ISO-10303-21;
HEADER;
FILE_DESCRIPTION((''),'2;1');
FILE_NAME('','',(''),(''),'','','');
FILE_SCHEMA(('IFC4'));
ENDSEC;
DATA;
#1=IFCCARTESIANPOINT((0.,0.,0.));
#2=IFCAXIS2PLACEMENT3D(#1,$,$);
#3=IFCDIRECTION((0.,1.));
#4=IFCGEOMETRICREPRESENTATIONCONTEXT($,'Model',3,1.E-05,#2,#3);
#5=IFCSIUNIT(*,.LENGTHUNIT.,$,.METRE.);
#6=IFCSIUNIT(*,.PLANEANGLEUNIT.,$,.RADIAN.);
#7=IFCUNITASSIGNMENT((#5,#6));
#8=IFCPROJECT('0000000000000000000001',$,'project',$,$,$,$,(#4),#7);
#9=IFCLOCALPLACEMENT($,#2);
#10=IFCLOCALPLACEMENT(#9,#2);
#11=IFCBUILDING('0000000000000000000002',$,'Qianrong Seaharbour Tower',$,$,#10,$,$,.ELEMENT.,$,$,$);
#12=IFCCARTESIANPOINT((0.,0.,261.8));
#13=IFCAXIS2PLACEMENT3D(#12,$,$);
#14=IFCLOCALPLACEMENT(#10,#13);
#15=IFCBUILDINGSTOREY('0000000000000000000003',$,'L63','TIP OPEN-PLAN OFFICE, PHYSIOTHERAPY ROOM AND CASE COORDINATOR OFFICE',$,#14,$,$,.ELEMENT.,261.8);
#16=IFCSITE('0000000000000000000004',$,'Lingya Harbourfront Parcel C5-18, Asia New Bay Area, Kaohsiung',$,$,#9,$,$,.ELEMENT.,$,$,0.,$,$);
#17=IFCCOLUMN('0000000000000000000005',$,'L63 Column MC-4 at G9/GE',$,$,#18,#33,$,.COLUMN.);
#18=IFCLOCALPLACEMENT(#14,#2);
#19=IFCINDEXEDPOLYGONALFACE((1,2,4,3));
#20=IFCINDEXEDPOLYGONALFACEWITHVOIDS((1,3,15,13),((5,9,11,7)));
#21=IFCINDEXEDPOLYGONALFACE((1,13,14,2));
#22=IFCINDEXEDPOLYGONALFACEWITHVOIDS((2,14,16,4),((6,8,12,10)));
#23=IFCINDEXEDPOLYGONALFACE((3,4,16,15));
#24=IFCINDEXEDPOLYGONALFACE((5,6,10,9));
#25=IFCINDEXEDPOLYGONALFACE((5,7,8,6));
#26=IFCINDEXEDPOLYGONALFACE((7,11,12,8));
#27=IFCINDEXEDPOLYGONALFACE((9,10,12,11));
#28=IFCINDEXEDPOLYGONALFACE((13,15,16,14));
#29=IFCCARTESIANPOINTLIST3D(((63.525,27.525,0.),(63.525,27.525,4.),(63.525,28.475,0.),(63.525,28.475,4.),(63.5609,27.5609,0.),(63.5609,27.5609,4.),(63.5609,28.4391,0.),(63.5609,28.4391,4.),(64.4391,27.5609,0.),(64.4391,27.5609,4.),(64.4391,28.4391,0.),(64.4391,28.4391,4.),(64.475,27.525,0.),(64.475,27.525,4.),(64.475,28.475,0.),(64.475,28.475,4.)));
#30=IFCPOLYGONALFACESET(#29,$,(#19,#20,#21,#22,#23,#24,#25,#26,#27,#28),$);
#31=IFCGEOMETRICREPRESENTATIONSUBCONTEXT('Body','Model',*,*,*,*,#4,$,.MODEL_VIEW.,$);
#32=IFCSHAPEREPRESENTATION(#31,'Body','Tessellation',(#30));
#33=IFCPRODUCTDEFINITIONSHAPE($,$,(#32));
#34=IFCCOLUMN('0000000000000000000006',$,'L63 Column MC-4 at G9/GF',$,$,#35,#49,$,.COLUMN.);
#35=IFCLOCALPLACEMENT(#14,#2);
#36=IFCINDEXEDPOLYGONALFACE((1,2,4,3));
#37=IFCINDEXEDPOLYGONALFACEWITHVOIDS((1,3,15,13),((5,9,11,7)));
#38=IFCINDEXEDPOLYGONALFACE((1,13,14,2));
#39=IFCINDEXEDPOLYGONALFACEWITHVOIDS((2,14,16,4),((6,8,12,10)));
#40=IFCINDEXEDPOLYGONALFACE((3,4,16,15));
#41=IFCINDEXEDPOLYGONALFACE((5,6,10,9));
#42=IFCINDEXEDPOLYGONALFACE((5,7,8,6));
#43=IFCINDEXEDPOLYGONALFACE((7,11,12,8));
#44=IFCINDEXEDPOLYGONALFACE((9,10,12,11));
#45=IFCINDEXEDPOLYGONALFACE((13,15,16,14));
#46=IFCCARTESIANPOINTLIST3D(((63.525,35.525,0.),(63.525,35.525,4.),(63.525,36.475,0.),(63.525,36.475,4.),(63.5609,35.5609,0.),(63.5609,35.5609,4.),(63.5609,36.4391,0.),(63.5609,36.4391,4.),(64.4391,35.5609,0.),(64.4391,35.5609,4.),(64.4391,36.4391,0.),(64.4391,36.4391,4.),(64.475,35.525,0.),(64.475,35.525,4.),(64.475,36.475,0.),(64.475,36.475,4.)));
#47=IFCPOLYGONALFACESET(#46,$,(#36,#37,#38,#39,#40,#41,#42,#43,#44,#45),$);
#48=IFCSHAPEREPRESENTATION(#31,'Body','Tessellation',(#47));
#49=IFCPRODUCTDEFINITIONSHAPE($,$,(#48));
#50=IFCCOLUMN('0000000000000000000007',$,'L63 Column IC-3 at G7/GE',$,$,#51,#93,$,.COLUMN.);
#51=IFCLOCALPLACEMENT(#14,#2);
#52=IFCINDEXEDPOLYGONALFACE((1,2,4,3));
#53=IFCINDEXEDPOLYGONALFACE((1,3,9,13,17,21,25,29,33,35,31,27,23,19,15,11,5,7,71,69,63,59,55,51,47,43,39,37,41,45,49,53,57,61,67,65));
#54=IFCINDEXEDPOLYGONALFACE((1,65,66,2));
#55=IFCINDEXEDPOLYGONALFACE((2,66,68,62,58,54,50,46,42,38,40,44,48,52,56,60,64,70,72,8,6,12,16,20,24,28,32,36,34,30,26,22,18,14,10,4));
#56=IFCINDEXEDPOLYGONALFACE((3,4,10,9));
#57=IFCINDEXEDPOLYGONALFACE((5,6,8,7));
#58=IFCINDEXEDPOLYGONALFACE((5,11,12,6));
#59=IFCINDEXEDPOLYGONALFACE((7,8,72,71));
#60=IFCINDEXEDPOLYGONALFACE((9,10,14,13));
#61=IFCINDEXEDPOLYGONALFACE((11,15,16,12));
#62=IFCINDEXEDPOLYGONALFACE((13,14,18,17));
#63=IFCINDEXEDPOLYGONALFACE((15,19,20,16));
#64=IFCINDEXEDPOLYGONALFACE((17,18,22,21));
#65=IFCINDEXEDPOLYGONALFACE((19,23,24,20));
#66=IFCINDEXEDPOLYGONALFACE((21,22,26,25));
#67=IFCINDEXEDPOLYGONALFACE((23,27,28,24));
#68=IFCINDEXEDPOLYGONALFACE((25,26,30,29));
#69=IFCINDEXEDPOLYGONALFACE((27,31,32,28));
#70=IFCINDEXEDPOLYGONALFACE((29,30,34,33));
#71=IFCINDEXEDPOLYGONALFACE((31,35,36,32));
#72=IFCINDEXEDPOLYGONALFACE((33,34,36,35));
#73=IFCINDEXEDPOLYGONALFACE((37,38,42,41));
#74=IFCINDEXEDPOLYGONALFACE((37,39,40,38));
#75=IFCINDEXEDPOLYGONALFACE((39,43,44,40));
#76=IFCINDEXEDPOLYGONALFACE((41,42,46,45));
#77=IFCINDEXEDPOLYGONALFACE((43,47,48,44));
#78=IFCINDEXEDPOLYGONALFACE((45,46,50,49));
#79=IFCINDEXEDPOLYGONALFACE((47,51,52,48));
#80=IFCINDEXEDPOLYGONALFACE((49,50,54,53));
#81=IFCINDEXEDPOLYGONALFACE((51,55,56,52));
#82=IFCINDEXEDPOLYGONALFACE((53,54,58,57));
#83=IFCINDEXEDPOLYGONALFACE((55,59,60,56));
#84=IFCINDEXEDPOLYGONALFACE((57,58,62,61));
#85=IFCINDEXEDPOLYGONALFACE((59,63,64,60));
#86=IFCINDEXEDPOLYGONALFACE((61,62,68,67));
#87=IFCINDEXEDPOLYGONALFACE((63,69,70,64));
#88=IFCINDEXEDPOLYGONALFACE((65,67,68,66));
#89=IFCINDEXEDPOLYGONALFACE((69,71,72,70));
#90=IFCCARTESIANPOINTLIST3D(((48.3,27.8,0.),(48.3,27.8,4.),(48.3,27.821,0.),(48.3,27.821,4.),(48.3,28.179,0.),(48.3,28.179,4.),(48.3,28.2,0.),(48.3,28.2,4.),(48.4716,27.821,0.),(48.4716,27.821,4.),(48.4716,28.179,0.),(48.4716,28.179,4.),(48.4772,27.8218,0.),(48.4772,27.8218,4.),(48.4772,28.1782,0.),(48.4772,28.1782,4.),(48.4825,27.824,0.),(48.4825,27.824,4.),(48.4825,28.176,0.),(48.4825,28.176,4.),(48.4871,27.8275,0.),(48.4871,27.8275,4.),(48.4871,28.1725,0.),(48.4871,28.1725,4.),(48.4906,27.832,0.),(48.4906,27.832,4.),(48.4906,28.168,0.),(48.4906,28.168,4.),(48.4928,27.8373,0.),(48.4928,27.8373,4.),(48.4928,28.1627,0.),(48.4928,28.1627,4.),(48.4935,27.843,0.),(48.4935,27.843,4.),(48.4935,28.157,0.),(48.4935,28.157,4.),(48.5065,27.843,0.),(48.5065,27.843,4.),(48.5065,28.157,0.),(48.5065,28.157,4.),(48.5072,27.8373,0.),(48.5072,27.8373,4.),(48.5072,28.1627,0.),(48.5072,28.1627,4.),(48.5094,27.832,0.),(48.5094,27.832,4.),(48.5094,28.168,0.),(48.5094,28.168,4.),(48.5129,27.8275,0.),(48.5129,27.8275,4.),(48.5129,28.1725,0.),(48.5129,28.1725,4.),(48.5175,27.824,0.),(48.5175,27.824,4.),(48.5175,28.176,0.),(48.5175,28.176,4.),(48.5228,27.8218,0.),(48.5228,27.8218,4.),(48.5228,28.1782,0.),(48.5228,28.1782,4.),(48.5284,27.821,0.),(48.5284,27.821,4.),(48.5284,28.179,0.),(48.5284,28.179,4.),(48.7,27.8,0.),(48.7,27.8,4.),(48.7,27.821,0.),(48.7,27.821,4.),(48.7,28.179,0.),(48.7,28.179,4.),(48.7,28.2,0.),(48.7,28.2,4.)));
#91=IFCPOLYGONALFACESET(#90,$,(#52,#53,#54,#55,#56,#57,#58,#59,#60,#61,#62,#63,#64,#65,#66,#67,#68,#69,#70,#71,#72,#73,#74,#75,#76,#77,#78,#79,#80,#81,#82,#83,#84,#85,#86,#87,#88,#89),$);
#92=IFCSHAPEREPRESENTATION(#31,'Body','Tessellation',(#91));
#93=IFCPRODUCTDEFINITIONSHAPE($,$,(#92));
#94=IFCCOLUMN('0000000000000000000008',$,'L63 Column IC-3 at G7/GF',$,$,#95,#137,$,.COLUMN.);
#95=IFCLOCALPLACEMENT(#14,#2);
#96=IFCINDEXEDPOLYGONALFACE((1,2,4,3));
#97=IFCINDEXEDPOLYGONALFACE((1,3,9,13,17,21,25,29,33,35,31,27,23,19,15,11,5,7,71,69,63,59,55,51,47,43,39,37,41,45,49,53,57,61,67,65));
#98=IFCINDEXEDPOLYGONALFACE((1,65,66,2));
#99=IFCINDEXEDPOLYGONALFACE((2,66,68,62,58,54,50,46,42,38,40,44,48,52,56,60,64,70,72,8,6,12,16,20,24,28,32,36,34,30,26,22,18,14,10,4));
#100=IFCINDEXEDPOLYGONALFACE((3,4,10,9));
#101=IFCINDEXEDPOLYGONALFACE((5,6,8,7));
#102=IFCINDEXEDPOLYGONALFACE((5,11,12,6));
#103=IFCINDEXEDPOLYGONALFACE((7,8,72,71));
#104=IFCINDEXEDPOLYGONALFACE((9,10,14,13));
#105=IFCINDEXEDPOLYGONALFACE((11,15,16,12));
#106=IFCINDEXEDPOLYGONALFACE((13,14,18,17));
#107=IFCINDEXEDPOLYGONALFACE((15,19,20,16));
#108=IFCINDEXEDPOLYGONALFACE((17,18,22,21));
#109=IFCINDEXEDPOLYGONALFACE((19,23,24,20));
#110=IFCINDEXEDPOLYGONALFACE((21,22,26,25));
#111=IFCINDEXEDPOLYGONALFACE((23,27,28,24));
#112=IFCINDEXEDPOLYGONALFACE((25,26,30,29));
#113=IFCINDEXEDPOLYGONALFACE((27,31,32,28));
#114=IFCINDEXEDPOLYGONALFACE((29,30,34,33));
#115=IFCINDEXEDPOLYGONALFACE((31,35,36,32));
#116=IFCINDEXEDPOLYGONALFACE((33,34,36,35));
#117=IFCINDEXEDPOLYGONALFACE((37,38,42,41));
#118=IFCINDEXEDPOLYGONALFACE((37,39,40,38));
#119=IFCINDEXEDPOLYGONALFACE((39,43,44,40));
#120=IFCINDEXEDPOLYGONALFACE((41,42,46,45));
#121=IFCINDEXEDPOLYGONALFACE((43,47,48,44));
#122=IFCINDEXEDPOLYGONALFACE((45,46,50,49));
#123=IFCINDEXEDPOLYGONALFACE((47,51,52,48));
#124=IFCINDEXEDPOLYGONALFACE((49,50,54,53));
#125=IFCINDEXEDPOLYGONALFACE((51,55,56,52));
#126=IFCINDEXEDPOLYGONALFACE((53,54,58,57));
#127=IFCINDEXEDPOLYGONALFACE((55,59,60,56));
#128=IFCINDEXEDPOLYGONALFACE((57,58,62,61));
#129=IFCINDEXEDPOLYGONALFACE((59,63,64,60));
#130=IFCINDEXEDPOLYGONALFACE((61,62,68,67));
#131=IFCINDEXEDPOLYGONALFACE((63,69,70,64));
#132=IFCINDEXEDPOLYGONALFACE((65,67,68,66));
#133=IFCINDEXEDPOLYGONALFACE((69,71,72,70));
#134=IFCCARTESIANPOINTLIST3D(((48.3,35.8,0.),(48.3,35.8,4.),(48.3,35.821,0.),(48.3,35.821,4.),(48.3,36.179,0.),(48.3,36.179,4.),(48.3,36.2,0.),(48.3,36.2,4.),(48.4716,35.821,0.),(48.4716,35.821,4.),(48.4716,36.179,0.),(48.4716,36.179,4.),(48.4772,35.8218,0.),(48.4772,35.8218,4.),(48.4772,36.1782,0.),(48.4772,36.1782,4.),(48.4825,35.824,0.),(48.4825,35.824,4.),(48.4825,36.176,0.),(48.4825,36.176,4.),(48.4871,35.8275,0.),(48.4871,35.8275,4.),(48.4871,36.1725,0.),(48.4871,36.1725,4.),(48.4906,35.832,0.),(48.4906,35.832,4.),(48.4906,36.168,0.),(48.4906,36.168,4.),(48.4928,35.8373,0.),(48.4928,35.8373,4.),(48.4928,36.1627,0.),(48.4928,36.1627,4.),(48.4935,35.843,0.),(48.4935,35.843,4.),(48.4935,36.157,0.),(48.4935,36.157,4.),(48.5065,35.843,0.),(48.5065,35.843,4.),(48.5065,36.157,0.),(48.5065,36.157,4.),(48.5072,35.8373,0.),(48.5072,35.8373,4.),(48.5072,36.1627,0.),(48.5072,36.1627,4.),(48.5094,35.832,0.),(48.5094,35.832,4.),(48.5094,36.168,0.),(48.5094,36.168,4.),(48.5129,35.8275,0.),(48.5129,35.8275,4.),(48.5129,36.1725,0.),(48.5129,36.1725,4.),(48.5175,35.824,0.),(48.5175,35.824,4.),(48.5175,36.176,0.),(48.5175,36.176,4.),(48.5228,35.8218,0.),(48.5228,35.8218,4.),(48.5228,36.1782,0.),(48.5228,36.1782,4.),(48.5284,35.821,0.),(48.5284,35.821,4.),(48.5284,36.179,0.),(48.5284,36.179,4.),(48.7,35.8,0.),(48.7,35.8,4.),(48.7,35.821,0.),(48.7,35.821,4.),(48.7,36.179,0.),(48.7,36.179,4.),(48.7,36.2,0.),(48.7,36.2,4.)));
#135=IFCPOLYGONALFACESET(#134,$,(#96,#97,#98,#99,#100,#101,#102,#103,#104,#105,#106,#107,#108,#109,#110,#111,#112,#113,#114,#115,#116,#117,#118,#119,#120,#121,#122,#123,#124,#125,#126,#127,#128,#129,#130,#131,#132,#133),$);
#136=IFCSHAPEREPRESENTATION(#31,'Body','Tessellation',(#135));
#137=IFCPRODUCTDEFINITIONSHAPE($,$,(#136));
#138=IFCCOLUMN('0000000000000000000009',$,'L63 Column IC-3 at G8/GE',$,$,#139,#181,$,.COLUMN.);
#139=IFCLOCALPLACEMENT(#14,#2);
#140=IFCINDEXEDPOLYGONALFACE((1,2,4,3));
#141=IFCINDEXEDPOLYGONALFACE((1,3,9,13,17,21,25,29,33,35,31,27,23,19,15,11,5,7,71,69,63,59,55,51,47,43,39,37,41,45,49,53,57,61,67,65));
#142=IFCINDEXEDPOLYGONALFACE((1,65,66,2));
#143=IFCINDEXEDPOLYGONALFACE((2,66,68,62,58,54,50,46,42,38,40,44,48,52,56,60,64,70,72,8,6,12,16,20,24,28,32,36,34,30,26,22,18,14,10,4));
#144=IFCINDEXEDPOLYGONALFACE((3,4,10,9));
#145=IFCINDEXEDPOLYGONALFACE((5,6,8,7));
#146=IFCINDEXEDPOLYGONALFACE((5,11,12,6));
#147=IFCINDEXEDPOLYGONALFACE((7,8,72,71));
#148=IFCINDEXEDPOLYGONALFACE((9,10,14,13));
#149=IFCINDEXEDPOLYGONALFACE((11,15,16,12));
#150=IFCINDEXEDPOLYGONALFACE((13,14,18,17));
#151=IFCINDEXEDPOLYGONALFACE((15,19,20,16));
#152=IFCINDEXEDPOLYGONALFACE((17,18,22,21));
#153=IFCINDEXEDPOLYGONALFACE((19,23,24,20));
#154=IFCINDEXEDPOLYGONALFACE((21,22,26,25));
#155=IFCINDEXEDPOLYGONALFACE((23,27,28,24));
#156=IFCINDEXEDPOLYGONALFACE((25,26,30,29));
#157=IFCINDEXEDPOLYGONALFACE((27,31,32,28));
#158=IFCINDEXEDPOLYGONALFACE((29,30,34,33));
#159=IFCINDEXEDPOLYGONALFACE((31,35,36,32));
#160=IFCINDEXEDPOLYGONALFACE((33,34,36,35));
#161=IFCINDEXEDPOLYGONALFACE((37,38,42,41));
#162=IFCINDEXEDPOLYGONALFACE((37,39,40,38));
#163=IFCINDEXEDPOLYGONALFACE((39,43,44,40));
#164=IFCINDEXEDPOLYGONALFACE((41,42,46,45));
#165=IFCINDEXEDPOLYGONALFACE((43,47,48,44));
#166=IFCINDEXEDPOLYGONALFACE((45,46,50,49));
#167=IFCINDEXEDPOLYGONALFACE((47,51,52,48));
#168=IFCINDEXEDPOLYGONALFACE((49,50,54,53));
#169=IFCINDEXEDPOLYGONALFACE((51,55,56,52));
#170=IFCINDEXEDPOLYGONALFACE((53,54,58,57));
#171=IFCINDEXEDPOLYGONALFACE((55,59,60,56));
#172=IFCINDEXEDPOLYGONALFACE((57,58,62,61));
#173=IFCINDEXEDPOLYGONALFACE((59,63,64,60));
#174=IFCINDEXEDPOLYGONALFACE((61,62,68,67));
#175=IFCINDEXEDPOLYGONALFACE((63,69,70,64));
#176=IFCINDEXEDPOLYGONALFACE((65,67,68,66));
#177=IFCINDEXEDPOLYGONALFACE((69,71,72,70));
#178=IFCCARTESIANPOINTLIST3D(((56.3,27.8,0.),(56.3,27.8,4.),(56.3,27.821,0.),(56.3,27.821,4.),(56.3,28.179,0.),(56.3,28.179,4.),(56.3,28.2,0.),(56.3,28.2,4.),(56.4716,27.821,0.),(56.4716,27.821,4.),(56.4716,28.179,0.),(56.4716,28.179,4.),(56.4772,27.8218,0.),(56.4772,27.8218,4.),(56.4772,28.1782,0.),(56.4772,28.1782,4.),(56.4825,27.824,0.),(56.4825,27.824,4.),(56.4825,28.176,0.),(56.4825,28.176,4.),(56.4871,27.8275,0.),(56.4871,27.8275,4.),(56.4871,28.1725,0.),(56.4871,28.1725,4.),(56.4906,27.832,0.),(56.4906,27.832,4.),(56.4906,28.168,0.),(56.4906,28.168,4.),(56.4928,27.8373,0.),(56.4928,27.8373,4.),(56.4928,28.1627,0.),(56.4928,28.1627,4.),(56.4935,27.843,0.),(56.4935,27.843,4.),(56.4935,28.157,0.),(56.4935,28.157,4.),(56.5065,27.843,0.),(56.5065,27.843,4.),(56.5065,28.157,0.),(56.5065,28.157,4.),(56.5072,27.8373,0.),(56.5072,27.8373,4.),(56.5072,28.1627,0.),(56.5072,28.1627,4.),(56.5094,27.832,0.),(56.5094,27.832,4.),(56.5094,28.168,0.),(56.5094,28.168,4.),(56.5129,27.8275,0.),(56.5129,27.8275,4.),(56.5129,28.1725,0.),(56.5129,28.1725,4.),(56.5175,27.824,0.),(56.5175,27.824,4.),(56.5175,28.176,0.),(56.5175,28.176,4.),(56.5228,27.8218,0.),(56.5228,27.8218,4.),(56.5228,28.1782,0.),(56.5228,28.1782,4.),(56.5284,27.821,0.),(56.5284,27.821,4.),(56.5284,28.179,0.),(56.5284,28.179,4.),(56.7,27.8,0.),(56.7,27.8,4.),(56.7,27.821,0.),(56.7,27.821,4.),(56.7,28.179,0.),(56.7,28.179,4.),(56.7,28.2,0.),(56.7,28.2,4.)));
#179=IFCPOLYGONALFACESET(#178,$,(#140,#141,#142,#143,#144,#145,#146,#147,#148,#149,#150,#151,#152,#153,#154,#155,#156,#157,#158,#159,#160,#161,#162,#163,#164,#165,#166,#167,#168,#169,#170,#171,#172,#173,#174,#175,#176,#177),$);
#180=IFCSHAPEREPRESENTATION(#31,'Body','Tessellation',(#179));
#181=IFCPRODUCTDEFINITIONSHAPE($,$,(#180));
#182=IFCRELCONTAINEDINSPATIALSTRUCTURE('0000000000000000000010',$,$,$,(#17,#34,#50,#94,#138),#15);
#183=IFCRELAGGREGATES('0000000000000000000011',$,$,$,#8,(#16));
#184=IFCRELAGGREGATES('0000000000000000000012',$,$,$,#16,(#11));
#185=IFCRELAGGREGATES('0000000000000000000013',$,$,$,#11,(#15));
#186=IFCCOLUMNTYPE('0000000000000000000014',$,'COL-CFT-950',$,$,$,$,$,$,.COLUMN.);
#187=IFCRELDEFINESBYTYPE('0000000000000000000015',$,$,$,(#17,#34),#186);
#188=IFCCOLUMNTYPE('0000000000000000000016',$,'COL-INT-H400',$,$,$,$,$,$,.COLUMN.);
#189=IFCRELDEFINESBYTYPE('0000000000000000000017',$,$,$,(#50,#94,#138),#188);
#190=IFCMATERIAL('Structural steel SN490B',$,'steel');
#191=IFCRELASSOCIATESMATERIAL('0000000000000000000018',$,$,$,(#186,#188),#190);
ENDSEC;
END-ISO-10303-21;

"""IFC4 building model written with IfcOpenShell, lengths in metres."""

from ifc_helpers import new_model, si_unit, direction, frame, origin, origin_2d, place, context, subcontext, project, spatial, hollow_rectangle, i_section, extrude, material, material_profile, profile_set, type_object, element, save


model = new_model("IFC4")

# Units and contexts
model_context = context("Model", 3, precision=1e-05, world=origin(), true_north=direction((0.0, 1.0)))
body_context = subcontext(model_context, "Body", "Model", "MODEL_VIEW")
ifc_project = project(units=[si_unit("LENGTHUNIT", "METRE"), si_unit("PLANEANGLEUNIT", "RADIAN")], contexts=[model_context])

# Site, building, storey
site_placement = place(None, origin())
site = spatial("IfcSite", under=ifc_project, at=site_placement, Name="Lingya Harbourfront Parcel C5-18, Asia New Bay Area, Kaohsiung", CompositionType="ELEMENT", RefElevation=0.0)
building_placement = place(site_placement, origin())
building = spatial("IfcBuilding", under=site, at=building_placement, Name="Qianrong Seaharbour Tower", CompositionType="ELEMENT")
storey_placement = place(building_placement, frame((0.0, 0.0, 261.8)))
storey = spatial("IfcBuildingStorey", under=building, at=storey_placement, Name="L63", Description="TIP OPEN-PLAN OFFICE, PHYSIOTHERAPY ROOM AND CASE COORDINATOR OFFICE", CompositionType="ELEMENT", Elevation=261.8)

# Columns
ifc_material_1 = material(Name="Structural steel SN490B", Category="steel")
ifc_material_profile_1 = material_profile(ifc_material_1, hollow_rectangle(XDim=0.95, YDim=0.95, WallThickness=0.0359, at=origin_2d()), Name="BOX950x950x36")
ifc_profile_set_1 = profile_set([ifc_material_profile_1], Name="Structural steel SN490B")
column_type_1 = type_object("IfcColumnType", Name="COL-CFT-950", PredefinedType="COLUMN", material=ifc_profile_set_1)
for number, where, z_axis, x_axis, name in (
    (1, (64.0, 28.0, 0.0), (0.0, 0.0, 1.0), (1.0, 0.0, 0.0), "L63 Column MC-4 at G9/GE"),
    (2, (64.0, 36.0, 0.0), (0.0, 0.0, 1.0), (1.0, 0.0, 0.0), "L63 Column MC-4 at G9/GF"),
):
    element("IfcColumn", number, at=place(storey_placement, frame(where, z_axis=z_axis, x_axis=x_axis)), inside=storey, type_object=column_type_1, Name=name, PredefinedType="COLUMN", context=body_context, shape_type="SweptSolid", body=[
        extrude(hollow_rectangle(XDim=0.95, YDim=0.95, WallThickness=0.0359, at=origin_2d()), origin(), (0.0, 0.0, 1.0), 4.0),
    ])
ifc_material_profile_2 = material_profile(ifc_material_1, i_section(OverallWidth=0.3999, OverallDepth=0.3999, WebThickness=0.0129, FlangeThickness=0.021, FilletRadius=0.022, at=origin_2d()), Name="H400x400x13x21")
ifc_profile_set_2 = profile_set([ifc_material_profile_2], Name="Structural steel SN490B")
column_type_2 = type_object("IfcColumnType", Name="COL-INT-H400", PredefinedType="COLUMN", material=ifc_profile_set_2)
for number, where, z_axis, x_axis, name in (
    (3, (48.5, 28.0, 0.0), (0.0, 0.0, 1.0), (1.0, 0.0, 0.0), "L63 Column IC-3 at G7/GE"),
    (4, (48.5, 36.0, 0.0), (0.0, 0.0, 1.0), (1.0, 0.0, 0.0), "L63 Column IC-3 at G7/GF"),
    (5, (56.5, 28.0, 0.0), (0.0, 0.0, 1.0), (1.0, 0.0, 0.0), "L63 Column IC-3 at G8/GE"),
):
    element("IfcColumn", number, at=place(storey_placement, frame(where, z_axis=z_axis, x_axis=x_axis)), inside=storey, type_object=column_type_2, Name=name, PredefinedType="COLUMN", context=body_context, shape_type="SweptSolid", body=[
        extrude(i_section(OverallWidth=0.3999, OverallDepth=0.3999, WebThickness=0.0129, FlangeThickness=0.021, FilletRadius=0.022, at=origin_2d()), origin(), (0.0, 0.0, 1.0), 4.0),
    ])

save(model, "model.ifc")
